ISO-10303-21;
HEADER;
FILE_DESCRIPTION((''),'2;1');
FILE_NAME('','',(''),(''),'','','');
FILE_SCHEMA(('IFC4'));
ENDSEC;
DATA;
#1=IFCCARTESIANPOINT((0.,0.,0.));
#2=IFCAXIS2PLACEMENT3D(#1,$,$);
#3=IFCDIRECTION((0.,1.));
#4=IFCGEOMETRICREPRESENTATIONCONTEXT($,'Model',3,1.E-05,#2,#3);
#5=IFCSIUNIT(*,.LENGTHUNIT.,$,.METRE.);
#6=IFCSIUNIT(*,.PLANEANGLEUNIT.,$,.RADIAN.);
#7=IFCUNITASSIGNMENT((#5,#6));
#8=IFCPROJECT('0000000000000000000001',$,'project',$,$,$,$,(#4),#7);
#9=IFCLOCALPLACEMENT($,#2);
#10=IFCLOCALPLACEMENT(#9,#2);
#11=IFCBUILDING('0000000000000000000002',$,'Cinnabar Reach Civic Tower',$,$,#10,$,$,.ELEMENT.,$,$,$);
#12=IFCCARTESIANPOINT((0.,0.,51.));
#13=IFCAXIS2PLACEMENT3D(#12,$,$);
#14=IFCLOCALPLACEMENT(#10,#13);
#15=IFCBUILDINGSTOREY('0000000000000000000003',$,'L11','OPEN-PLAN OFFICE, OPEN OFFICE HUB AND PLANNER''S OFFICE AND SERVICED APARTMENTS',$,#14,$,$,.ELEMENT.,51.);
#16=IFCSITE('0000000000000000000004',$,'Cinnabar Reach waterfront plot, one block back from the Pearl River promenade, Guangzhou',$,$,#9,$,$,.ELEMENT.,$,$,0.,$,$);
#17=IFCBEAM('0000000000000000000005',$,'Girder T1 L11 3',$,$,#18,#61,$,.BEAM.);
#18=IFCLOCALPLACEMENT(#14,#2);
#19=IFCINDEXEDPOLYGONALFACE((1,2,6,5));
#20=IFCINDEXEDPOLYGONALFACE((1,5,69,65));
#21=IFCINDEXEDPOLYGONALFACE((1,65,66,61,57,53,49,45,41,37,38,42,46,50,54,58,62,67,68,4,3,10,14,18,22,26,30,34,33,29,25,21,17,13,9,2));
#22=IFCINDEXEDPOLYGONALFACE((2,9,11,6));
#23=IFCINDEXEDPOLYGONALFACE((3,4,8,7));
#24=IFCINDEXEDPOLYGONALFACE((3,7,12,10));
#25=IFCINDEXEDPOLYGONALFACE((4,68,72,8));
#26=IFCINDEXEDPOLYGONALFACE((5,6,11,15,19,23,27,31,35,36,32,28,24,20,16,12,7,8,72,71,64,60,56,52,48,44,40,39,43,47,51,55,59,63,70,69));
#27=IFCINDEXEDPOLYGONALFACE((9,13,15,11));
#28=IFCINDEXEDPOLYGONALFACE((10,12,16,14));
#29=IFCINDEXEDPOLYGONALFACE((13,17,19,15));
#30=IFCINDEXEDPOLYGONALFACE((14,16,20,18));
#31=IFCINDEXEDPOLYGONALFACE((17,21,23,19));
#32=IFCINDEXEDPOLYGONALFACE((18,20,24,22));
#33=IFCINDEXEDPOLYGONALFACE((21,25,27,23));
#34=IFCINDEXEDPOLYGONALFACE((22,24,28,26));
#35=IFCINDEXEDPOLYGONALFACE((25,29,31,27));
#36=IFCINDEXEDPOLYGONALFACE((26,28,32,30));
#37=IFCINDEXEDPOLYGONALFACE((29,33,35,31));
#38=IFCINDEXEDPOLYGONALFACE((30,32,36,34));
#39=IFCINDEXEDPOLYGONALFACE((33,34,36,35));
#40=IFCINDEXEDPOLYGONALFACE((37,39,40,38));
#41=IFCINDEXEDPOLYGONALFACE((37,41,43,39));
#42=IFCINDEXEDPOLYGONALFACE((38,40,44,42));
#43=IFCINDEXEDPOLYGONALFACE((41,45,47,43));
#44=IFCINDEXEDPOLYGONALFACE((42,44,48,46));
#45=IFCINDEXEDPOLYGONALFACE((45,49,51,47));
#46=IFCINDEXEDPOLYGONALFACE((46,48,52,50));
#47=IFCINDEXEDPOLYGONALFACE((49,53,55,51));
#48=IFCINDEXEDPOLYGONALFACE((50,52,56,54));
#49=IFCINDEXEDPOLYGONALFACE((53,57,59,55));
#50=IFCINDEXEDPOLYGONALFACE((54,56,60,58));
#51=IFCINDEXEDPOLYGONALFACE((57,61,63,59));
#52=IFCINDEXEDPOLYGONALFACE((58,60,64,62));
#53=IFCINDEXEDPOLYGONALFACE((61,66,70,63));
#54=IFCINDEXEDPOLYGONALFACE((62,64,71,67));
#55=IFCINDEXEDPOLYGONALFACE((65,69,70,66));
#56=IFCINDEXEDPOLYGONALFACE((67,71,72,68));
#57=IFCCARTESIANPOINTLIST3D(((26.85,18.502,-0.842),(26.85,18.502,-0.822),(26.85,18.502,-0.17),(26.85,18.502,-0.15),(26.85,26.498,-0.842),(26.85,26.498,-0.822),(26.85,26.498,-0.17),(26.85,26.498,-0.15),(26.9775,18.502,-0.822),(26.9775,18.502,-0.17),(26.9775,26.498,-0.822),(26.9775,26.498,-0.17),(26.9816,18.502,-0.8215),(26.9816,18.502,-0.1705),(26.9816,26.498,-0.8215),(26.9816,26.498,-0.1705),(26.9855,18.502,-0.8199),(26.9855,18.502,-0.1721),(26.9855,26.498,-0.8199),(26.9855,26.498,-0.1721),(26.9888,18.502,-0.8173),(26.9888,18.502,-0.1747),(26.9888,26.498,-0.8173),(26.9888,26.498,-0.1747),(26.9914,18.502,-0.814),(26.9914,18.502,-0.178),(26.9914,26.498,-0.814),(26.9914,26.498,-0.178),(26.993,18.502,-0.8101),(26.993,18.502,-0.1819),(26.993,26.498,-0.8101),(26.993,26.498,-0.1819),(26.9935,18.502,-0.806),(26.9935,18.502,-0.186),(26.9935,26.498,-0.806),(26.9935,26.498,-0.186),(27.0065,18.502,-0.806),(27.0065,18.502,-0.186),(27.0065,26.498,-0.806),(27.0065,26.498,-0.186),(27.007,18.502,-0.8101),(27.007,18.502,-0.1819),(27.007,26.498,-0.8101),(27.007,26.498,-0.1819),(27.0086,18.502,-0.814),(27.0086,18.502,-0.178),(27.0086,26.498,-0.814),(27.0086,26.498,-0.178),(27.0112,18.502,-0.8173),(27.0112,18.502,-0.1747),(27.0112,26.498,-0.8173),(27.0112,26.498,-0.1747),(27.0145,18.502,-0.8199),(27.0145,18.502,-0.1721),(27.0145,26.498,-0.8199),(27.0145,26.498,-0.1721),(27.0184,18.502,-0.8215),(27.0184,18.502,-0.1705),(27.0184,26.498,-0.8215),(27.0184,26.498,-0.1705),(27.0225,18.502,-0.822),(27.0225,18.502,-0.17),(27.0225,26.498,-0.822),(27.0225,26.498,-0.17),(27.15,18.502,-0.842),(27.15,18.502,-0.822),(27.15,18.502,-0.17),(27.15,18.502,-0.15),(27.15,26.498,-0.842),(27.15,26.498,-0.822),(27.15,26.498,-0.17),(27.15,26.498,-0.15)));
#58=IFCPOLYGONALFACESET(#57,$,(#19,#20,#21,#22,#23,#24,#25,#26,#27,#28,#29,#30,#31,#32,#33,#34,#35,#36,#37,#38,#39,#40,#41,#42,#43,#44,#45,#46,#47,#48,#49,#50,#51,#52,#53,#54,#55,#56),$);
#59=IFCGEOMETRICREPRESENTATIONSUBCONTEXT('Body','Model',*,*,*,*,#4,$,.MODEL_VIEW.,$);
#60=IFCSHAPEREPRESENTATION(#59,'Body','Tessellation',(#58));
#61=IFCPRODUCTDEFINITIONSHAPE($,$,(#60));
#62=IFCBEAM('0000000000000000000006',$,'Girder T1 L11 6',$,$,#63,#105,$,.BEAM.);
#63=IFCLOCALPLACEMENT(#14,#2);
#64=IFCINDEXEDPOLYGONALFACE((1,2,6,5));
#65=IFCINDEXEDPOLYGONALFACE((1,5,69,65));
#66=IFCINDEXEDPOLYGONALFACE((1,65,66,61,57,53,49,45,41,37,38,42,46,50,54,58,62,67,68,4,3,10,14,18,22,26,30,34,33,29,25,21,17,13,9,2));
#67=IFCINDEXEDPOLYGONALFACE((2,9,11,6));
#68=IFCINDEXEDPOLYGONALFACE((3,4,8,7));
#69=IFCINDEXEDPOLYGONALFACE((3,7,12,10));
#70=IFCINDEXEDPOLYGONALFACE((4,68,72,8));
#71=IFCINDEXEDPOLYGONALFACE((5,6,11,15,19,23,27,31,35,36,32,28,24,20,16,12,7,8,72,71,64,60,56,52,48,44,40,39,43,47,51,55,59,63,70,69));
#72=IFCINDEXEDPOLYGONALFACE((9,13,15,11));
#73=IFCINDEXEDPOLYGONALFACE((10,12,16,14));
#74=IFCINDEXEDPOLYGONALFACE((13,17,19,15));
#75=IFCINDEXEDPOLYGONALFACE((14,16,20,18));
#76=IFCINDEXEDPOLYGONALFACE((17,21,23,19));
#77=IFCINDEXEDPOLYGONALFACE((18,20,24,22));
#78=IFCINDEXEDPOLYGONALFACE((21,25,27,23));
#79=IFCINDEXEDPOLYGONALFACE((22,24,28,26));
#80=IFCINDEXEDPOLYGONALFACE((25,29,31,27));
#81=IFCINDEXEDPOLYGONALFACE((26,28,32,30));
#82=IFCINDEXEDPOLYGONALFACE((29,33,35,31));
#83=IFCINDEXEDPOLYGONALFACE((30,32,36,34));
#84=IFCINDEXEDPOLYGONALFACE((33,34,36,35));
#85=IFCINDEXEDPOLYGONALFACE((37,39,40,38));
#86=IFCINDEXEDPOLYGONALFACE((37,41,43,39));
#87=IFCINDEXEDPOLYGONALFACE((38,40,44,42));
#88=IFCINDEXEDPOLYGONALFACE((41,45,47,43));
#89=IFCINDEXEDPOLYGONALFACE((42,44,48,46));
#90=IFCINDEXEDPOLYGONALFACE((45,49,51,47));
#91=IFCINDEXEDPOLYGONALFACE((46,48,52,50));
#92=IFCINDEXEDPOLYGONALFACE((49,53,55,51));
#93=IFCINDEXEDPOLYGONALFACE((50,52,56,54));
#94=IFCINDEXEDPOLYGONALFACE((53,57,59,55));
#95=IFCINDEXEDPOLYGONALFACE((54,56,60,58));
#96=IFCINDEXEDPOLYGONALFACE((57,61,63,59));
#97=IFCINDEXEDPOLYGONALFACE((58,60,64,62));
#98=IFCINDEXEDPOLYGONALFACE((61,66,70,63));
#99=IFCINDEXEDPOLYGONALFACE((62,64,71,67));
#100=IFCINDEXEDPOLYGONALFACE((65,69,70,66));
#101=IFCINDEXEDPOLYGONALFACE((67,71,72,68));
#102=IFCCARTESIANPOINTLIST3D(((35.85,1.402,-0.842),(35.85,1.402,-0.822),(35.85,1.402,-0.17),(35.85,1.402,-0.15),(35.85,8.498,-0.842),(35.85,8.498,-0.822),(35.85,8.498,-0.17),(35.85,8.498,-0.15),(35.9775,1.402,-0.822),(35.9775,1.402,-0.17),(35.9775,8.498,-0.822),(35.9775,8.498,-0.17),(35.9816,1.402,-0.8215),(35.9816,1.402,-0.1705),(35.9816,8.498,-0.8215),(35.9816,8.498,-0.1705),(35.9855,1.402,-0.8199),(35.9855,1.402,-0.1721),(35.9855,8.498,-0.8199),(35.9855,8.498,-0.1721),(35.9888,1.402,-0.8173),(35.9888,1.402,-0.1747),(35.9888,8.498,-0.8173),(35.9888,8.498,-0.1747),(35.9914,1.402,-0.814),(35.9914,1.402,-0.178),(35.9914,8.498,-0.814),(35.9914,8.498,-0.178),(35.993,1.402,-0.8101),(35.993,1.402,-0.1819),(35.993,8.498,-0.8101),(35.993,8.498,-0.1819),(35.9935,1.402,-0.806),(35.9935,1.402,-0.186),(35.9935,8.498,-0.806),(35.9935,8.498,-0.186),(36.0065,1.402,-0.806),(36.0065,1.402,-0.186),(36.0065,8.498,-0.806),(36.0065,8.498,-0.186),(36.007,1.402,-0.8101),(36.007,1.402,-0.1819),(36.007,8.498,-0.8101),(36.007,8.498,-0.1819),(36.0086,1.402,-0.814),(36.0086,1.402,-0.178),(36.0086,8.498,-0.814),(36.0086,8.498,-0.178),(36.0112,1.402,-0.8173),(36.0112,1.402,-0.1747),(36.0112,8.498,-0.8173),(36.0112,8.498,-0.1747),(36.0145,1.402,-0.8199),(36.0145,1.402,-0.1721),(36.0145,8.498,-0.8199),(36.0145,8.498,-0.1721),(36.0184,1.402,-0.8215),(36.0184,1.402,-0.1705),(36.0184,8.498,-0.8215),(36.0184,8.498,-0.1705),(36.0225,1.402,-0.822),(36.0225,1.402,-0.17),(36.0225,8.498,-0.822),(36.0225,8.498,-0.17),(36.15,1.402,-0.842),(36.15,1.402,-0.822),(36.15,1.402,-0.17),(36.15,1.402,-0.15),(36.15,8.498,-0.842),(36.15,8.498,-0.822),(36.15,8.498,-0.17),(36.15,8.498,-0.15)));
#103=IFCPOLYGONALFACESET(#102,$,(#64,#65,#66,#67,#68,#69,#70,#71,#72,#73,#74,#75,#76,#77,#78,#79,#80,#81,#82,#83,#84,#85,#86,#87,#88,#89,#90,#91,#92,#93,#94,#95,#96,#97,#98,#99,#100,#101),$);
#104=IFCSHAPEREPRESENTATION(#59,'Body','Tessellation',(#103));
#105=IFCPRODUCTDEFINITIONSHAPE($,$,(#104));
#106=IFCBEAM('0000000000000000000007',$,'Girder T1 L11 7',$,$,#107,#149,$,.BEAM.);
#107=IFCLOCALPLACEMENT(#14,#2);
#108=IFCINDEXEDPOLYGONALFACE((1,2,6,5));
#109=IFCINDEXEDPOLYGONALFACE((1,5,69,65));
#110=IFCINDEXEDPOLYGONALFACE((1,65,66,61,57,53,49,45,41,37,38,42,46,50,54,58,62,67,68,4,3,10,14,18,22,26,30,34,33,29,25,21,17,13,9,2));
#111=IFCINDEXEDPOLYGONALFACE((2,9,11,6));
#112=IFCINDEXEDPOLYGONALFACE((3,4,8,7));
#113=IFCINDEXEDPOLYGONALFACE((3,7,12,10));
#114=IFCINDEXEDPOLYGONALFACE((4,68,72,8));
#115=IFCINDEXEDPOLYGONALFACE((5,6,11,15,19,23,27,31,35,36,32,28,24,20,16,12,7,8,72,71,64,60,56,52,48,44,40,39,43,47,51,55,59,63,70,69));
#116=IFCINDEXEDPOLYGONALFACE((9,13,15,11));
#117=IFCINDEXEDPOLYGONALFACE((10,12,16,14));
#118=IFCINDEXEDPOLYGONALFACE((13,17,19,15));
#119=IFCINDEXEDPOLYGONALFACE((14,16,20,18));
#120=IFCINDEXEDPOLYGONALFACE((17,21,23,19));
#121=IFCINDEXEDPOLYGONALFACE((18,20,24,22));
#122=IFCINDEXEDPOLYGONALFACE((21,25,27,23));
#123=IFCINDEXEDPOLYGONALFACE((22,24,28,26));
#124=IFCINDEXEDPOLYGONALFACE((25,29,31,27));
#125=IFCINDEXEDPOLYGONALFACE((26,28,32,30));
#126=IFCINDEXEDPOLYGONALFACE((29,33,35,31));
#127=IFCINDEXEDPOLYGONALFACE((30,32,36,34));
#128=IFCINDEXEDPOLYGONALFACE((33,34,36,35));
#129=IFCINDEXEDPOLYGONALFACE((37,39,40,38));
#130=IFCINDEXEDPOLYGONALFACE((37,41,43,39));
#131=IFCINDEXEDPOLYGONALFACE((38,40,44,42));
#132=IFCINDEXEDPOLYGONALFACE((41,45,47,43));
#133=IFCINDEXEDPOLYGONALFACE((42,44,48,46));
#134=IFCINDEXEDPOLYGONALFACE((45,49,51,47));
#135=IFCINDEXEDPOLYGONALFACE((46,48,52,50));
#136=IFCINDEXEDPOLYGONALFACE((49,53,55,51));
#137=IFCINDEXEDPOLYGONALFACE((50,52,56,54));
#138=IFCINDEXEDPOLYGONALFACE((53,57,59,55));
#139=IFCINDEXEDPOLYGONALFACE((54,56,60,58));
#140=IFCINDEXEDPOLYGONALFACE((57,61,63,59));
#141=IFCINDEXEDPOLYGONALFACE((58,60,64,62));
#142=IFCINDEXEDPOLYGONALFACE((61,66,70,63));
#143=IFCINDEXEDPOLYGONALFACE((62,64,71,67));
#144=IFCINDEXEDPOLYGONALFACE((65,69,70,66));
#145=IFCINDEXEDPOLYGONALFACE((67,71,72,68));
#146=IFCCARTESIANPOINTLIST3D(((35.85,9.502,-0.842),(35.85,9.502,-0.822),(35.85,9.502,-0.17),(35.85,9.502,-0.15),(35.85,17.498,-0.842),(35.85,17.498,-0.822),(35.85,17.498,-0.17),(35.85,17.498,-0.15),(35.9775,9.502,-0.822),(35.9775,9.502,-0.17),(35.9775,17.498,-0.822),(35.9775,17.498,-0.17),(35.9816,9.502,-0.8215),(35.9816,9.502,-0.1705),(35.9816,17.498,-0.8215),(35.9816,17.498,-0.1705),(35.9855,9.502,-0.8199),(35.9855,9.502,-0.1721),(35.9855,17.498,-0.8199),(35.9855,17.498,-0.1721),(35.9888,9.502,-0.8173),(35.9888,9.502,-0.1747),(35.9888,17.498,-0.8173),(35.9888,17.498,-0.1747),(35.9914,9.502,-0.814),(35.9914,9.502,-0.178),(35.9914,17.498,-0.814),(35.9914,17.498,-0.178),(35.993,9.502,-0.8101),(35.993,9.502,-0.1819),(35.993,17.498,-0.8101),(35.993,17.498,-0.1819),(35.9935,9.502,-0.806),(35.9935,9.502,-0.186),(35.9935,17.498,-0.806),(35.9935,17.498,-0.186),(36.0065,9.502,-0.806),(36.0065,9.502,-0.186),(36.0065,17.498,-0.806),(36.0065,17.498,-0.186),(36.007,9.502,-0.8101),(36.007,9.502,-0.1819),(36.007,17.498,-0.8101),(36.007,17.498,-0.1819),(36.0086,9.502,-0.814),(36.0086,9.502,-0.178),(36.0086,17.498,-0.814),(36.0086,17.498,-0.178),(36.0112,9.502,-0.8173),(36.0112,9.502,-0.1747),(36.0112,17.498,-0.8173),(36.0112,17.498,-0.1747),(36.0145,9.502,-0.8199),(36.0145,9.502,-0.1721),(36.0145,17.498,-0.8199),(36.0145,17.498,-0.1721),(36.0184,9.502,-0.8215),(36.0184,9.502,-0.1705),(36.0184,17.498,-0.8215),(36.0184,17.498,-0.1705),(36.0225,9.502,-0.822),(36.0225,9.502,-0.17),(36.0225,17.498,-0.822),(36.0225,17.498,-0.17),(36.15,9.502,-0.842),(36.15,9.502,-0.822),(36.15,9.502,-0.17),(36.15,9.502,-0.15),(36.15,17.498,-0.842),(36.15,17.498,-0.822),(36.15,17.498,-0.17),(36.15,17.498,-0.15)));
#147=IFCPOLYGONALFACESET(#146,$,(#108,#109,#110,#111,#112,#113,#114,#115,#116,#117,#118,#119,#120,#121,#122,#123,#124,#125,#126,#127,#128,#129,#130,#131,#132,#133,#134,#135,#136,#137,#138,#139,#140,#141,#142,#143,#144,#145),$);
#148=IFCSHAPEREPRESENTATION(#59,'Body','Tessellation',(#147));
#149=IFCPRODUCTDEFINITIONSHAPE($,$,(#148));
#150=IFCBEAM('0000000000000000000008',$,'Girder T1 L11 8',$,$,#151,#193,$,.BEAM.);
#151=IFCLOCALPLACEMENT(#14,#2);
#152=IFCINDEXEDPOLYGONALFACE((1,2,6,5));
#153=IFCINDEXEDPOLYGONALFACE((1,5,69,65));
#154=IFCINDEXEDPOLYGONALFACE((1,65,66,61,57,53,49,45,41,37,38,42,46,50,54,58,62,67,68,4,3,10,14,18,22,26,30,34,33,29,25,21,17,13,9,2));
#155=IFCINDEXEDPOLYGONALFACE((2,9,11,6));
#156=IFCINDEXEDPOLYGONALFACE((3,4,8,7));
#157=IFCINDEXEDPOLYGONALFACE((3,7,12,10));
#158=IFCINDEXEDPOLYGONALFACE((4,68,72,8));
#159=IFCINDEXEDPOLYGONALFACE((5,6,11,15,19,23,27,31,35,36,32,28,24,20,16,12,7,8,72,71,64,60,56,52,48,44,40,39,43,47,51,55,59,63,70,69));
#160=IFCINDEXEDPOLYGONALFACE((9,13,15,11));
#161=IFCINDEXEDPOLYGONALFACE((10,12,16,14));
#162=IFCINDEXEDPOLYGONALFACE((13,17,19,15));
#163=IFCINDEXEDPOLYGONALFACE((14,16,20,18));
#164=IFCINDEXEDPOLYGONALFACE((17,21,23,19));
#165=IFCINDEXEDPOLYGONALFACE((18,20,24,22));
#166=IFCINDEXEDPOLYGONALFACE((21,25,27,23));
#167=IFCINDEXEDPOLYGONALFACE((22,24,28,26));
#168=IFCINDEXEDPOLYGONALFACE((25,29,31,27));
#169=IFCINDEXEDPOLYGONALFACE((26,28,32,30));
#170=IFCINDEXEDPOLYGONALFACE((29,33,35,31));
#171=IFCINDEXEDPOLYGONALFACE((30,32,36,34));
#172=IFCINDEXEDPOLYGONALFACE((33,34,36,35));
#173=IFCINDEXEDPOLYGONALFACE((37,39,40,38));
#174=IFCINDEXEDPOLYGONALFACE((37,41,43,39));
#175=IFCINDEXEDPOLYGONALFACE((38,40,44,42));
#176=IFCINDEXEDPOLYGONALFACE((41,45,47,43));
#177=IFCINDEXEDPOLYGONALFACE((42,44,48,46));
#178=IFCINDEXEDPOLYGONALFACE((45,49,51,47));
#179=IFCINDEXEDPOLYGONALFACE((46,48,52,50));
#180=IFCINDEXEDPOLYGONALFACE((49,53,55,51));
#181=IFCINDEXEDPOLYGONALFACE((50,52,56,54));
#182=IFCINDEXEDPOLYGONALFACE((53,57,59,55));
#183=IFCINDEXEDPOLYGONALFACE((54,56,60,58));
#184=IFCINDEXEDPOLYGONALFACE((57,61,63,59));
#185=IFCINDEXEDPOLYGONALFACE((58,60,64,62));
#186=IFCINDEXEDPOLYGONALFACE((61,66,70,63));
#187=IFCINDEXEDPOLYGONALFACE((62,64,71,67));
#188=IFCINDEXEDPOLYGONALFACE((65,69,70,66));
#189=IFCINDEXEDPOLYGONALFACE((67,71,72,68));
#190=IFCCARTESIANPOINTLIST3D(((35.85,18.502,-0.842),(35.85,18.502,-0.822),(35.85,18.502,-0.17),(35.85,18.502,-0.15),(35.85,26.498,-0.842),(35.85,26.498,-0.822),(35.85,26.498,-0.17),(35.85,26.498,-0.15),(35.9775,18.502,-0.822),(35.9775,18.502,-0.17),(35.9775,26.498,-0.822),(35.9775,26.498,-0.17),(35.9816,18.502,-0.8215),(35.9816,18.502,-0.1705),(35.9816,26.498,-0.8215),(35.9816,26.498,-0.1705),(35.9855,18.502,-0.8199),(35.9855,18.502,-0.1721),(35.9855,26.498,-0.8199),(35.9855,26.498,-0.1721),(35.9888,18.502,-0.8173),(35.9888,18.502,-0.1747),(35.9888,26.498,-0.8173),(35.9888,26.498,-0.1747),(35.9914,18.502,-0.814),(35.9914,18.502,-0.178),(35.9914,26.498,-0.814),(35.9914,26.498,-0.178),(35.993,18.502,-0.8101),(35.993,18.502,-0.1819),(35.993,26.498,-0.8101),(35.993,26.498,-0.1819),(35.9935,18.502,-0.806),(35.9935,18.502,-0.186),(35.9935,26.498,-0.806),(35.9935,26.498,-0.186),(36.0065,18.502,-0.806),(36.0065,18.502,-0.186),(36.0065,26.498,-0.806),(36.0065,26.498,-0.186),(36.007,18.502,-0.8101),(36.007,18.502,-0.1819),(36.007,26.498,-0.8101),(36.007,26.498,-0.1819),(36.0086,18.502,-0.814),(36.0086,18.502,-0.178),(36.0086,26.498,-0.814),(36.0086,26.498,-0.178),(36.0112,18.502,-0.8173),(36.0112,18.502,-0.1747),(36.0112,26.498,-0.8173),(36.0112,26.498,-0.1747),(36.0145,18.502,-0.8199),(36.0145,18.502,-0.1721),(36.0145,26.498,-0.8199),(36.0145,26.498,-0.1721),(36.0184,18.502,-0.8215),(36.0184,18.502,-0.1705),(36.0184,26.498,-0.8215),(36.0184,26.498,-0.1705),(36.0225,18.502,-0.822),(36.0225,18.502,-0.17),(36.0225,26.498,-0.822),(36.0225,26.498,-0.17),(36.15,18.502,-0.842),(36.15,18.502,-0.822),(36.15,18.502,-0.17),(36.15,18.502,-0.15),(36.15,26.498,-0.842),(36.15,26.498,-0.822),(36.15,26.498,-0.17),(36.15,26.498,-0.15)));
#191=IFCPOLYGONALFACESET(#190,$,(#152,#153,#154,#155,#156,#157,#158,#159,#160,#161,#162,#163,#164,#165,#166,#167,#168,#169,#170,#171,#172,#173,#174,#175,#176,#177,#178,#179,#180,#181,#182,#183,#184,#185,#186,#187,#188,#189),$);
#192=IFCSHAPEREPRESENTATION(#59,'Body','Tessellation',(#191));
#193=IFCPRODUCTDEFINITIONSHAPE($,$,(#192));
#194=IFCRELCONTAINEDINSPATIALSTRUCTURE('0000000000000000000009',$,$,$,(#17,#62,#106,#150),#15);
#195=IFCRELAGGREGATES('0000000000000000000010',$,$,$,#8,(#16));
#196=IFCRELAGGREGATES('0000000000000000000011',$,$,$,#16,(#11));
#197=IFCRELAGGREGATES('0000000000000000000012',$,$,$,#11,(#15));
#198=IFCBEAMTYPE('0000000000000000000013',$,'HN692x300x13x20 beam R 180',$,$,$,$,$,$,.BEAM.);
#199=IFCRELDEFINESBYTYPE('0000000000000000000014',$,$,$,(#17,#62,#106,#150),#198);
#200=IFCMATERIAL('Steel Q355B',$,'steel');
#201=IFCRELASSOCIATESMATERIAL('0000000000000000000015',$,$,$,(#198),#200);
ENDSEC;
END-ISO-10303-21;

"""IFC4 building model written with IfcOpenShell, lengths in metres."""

from ifc_helpers import new_model, si_unit, direction, frame, origin, origin_2d, place, context, subcontext, project, spatial, i_section, extrude, material, material_profile, profile_set, type_object, element, save


model = new_model("IFC4")

# Units and contexts
model_context = context("Model", 3, precision=1e-05, world=origin(), true_north=direction((0.0, 1.0)))
body_context = subcontext(model_context, "Body", "Model", "MODEL_VIEW")
ifc_project = project(units=[si_unit("LENGTHUNIT", "METRE"), si_unit("PLANEANGLEUNIT", "RADIAN")], contexts=[model_context])

# Site, building, storey
site_placement = place(None, origin())
site = spatial("IfcSite", under=ifc_project, at=site_placement, Name="Cinnabar Reach waterfront plot, one block back from the Pearl River promenade, Guangzhou", CompositionType="ELEMENT", RefElevation=0.0)
building_placement = place(site_placement, origin())
building = spatial("IfcBuilding", under=site, at=building_placement, Name="Cinnabar Reach Civic Tower", CompositionType="ELEMENT")
storey_placement = place(building_placement, frame((0.0, 0.0, 51.0)))
storey = spatial("IfcBuildingStorey", under=building, at=storey_placement, Name="L11", Description="OPEN-PLAN OFFICE, OPEN OFFICE HUB AND PLANNER'S OFFICE AND SERVICED APARTMENTS", CompositionType="ELEMENT", Elevation=51.0)

# Beams
ifc_material_1 = material(Name="Steel Q355B", Category="steel")
ifc_material_profile_1 = material_profile(ifc_material_1, i_section(OverallWidth=0.3, OverallDepth=0.692, WebThickness=0.013, FlangeThickness=0.02, FilletRadius=0.016, at=origin_2d()), Name="HN692x300x13x20")
ifc_profile_set_1 = profile_set([ifc_material_profile_1], Name="Steel Q355B")
beam_type_1 = type_object("IfcBeamType", Name="HN692x300x13x20 beam R 180", PredefinedType="BEAM", material=ifc_profile_set_1)
for number, where, z_axis, x_axis, name in (
    (1, (27.0, 18.502, -0.496), (0.0, 1.0, 0.0), (-1.0, 0.0, 0.0), "Girder T1 L11 3"),
):
    element("IfcBeam", number, at=place(storey_placement, frame(where, z_axis=z_axis, x_axis=x_axis)), inside=storey, type_object=beam_type_1, Name=name, PredefinedType="BEAM", context=body_context, shape_type="SweptSolid", body=[
        extrude(i_section(OverallWidth=0.3, OverallDepth=0.692, WebThickness=0.013, FlangeThickness=0.02, FilletRadius=0.016, at=origin_2d()), origin(), (0.0, 0.0, 1.0), 7.996),
    ])
beam_1_placement = place(storey_placement, frame((36.0, 1.402, -0.496), z_axis=(0.0, 1.0, 0.0), x_axis=(-1.0, 0.0, 0.0)))
element("IfcBeam", 2, at=beam_1_placement, inside=storey, type_object=beam_type_1, Name="Girder T1 L11 6", PredefinedType="BEAM", context=body_context, shape_type="SweptSolid", body=[
    extrude(i_section(OverallWidth=0.3, OverallDepth=0.692, WebThickness=0.013, FlangeThickness=0.02, FilletRadius=0.016, at=origin_2d()), origin(), (0.0, 0.0, 1.0), 7.096),
])
for number, where, z_axis, x_axis, name in (
    (3, (36.0, 9.502, -0.496), (0.0, 1.0, 0.0), (-1.0, 0.0, 0.0), "Girder T1 L11 7"),
    (4, (36.0, 18.502, -0.496), (0.0, 1.0, 0.0), (-1.0, 0.0, 0.0), "Girder T1 L11 8"),
):
    element("IfcBeam", number, at=place(storey_placement, frame(where, z_axis=z_axis, x_axis=x_axis)), inside=storey, type_object=beam_type_1, Name=name, PredefinedType="BEAM", context=body_context, shape_type="SweptSolid", body=[
        extrude(i_section(OverallWidth=0.3, OverallDepth=0.692, WebThickness=0.013, FlangeThickness=0.02, FilletRadius=0.016, at=origin_2d()), origin(), (0.0, 0.0, 1.0), 7.996),
    ])

save(model, "model.ifc")
